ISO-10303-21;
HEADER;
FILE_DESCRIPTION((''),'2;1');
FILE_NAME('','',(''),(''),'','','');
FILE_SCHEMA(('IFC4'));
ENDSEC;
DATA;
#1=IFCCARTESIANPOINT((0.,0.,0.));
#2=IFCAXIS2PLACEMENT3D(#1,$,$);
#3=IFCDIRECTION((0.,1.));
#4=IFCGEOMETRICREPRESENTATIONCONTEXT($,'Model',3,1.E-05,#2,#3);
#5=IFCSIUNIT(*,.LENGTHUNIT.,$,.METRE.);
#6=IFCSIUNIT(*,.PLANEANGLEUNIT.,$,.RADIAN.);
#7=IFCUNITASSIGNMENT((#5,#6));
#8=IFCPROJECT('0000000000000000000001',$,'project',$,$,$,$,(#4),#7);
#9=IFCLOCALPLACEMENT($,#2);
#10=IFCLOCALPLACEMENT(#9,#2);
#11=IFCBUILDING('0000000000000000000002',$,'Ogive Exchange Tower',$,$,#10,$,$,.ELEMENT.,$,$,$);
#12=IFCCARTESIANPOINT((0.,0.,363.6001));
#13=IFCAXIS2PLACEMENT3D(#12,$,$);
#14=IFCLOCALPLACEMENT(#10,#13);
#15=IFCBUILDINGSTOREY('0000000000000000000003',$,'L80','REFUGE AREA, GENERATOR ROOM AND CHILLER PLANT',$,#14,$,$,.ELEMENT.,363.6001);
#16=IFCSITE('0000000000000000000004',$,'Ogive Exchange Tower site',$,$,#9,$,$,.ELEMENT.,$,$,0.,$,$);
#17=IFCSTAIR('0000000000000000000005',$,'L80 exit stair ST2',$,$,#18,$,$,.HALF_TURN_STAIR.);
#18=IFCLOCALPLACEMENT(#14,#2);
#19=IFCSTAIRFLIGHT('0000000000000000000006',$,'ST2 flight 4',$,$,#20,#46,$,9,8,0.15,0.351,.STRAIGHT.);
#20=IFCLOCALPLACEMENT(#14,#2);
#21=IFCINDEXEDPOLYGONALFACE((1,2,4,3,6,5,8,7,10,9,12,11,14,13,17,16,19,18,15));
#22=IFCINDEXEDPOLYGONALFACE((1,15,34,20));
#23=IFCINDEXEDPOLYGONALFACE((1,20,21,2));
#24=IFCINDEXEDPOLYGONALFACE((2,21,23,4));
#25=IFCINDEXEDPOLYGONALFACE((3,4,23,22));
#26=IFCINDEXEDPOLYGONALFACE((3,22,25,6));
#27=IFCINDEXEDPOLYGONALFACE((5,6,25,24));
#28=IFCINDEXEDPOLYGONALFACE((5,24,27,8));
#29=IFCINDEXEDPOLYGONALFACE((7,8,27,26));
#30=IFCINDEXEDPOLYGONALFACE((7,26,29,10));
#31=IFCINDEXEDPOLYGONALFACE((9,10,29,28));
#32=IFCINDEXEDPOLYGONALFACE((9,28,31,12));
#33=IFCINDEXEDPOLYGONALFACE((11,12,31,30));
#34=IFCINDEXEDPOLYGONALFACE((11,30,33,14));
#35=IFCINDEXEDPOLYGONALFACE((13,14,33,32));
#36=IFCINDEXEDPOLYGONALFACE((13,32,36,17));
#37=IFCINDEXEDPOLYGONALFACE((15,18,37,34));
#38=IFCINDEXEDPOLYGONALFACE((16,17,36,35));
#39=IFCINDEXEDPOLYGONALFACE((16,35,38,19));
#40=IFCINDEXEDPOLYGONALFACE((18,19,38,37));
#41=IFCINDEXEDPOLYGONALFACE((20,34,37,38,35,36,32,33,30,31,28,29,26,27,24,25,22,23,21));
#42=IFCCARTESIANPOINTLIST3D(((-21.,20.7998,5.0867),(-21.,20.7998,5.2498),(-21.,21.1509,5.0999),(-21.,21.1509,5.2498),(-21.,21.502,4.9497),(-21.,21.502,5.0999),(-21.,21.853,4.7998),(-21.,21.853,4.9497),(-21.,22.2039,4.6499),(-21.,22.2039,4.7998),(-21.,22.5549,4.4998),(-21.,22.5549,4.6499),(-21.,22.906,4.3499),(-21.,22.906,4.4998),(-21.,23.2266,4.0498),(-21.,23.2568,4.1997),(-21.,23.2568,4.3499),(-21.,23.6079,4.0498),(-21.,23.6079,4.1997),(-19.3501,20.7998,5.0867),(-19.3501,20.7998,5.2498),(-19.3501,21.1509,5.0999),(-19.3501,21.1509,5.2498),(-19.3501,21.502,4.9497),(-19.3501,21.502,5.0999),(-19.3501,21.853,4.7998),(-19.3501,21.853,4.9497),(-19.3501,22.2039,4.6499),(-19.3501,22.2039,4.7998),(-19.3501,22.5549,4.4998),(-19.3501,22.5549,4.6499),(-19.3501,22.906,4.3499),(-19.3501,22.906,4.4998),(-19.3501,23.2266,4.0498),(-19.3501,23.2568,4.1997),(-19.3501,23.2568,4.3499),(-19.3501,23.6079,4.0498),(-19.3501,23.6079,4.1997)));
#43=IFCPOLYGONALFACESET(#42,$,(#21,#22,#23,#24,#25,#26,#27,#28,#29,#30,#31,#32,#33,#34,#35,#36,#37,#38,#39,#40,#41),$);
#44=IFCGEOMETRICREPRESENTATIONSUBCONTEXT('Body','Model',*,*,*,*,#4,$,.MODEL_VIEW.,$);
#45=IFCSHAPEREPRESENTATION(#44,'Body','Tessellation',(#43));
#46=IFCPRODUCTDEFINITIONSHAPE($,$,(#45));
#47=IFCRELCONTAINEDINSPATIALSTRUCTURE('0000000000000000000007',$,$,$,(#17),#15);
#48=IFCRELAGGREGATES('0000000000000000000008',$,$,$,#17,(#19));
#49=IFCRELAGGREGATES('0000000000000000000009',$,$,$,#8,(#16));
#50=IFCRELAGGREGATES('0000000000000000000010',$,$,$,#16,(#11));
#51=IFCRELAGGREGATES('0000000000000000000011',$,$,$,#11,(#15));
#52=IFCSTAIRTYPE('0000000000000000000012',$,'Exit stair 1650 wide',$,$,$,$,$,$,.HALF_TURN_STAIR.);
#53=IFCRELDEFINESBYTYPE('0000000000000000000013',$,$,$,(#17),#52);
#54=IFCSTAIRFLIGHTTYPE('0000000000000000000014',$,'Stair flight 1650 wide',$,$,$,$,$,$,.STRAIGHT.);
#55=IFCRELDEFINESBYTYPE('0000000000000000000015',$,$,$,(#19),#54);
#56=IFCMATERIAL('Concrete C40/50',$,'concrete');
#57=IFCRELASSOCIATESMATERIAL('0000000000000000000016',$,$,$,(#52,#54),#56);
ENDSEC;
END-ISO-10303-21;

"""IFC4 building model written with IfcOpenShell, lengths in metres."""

from ifc_helpers import new_model, si_unit, direction, frame, origin, place, context, subcontext, project, spatial, polyline, outline, extrude, material, type_object, element, aggregate, save


model = new_model("IFC4")

# Units and contexts
model_context = context("Model", 3, precision=1e-05, world=origin(), true_north=direction((0.0, 1.0)))
body_context = subcontext(model_context, "Body", "Model", "MODEL_VIEW")
ifc_project = project(units=[si_unit("LENGTHUNIT", "METRE"), si_unit("PLANEANGLEUNIT", "RADIAN")], contexts=[model_context])

# Site, building, storey
site_placement = place(None, origin())
site = spatial("IfcSite", under=ifc_project, at=site_placement, Name="Ogive Exchange Tower site", CompositionType="ELEMENT", RefElevation=0.0)
building_placement = place(site_placement, origin())
building = spatial("IfcBuilding", under=site, at=building_placement, Name="Ogive Exchange Tower", CompositionType="ELEMENT")
storey_placement = place(building_placement, frame((0.0, 0.0, 363.6001)))
storey = spatial("IfcBuildingStorey", under=building, at=storey_placement, Name="L80", Description="REFUGE AREA, GENERATOR ROOM AND CHILLER PLANT", CompositionType="ELEMENT", Elevation=363.6001)

# Stair, stair flight
ifc_material_1 = material(Name="Concrete C40/50", Category="concrete")
stair_type = type_object("IfcStairType", Name="Exit stair 1650 wide", PredefinedType="HALF_TURN_STAIR", material=ifc_material_1)
stair_placement = place(storey_placement, origin())
stair = element("IfcStair", 1, at=stair_placement, inside=storey, type_object=stair_type, Name="L80 exit stair ST2", PredefinedType="HALF_TURN_STAIR")
stair_flight_type = type_object("IfcStairFlightType", Name="Stair flight 1650 wide", PredefinedType="STRAIGHT", material=ifc_material_1)
stair_flight_placement = place(storey_placement, frame((-20.175, 23.6079, 4.0498), z_axis=(0.0, 0.0, 1.0), x_axis=(0.0, -1.0, 0.0)))
stair_flight = element("IfcStairFlight", 2, at=stair_flight_placement, type_object=stair_flight_type, Name="ST2 flight 4", NumberOfRisers=9, NumberOfTreads=8, PredefinedType="STRAIGHT", RiserHeight=0.15, TreadLength=0.351, context=body_context, shape_type="SweptSolid", body=[
    extrude(outline(polyline([(0.0, 0.0), (0.0, 0.1499), (0.3511, 0.1499), (0.3511, 0.3), (0.7019, 0.3), (0.7019, 0.45), (1.053, 0.45), (1.053, 0.6001), (1.4041, 0.6001), (1.4041, 0.75), (1.7549, 0.75), (1.7549, 0.8999), (2.106, 0.8999), (2.106, 1.05), (2.457, 1.05), (2.457, 1.2), (2.8081, 1.2), (2.8081, 1.3501), (2.8081, 1.0369), (0.3813, 0.0), (0.0, 0.0)])), frame((0.0, 0.825, 0.0), z_axis=(0.0, -1.0, 0.0), x_axis=(1.0, 0.0, 0.0)), (0.0, 0.0, 1.0), 1.6499),
])
aggregate(stair, [stair_flight])

save(model, "model.ifc")
